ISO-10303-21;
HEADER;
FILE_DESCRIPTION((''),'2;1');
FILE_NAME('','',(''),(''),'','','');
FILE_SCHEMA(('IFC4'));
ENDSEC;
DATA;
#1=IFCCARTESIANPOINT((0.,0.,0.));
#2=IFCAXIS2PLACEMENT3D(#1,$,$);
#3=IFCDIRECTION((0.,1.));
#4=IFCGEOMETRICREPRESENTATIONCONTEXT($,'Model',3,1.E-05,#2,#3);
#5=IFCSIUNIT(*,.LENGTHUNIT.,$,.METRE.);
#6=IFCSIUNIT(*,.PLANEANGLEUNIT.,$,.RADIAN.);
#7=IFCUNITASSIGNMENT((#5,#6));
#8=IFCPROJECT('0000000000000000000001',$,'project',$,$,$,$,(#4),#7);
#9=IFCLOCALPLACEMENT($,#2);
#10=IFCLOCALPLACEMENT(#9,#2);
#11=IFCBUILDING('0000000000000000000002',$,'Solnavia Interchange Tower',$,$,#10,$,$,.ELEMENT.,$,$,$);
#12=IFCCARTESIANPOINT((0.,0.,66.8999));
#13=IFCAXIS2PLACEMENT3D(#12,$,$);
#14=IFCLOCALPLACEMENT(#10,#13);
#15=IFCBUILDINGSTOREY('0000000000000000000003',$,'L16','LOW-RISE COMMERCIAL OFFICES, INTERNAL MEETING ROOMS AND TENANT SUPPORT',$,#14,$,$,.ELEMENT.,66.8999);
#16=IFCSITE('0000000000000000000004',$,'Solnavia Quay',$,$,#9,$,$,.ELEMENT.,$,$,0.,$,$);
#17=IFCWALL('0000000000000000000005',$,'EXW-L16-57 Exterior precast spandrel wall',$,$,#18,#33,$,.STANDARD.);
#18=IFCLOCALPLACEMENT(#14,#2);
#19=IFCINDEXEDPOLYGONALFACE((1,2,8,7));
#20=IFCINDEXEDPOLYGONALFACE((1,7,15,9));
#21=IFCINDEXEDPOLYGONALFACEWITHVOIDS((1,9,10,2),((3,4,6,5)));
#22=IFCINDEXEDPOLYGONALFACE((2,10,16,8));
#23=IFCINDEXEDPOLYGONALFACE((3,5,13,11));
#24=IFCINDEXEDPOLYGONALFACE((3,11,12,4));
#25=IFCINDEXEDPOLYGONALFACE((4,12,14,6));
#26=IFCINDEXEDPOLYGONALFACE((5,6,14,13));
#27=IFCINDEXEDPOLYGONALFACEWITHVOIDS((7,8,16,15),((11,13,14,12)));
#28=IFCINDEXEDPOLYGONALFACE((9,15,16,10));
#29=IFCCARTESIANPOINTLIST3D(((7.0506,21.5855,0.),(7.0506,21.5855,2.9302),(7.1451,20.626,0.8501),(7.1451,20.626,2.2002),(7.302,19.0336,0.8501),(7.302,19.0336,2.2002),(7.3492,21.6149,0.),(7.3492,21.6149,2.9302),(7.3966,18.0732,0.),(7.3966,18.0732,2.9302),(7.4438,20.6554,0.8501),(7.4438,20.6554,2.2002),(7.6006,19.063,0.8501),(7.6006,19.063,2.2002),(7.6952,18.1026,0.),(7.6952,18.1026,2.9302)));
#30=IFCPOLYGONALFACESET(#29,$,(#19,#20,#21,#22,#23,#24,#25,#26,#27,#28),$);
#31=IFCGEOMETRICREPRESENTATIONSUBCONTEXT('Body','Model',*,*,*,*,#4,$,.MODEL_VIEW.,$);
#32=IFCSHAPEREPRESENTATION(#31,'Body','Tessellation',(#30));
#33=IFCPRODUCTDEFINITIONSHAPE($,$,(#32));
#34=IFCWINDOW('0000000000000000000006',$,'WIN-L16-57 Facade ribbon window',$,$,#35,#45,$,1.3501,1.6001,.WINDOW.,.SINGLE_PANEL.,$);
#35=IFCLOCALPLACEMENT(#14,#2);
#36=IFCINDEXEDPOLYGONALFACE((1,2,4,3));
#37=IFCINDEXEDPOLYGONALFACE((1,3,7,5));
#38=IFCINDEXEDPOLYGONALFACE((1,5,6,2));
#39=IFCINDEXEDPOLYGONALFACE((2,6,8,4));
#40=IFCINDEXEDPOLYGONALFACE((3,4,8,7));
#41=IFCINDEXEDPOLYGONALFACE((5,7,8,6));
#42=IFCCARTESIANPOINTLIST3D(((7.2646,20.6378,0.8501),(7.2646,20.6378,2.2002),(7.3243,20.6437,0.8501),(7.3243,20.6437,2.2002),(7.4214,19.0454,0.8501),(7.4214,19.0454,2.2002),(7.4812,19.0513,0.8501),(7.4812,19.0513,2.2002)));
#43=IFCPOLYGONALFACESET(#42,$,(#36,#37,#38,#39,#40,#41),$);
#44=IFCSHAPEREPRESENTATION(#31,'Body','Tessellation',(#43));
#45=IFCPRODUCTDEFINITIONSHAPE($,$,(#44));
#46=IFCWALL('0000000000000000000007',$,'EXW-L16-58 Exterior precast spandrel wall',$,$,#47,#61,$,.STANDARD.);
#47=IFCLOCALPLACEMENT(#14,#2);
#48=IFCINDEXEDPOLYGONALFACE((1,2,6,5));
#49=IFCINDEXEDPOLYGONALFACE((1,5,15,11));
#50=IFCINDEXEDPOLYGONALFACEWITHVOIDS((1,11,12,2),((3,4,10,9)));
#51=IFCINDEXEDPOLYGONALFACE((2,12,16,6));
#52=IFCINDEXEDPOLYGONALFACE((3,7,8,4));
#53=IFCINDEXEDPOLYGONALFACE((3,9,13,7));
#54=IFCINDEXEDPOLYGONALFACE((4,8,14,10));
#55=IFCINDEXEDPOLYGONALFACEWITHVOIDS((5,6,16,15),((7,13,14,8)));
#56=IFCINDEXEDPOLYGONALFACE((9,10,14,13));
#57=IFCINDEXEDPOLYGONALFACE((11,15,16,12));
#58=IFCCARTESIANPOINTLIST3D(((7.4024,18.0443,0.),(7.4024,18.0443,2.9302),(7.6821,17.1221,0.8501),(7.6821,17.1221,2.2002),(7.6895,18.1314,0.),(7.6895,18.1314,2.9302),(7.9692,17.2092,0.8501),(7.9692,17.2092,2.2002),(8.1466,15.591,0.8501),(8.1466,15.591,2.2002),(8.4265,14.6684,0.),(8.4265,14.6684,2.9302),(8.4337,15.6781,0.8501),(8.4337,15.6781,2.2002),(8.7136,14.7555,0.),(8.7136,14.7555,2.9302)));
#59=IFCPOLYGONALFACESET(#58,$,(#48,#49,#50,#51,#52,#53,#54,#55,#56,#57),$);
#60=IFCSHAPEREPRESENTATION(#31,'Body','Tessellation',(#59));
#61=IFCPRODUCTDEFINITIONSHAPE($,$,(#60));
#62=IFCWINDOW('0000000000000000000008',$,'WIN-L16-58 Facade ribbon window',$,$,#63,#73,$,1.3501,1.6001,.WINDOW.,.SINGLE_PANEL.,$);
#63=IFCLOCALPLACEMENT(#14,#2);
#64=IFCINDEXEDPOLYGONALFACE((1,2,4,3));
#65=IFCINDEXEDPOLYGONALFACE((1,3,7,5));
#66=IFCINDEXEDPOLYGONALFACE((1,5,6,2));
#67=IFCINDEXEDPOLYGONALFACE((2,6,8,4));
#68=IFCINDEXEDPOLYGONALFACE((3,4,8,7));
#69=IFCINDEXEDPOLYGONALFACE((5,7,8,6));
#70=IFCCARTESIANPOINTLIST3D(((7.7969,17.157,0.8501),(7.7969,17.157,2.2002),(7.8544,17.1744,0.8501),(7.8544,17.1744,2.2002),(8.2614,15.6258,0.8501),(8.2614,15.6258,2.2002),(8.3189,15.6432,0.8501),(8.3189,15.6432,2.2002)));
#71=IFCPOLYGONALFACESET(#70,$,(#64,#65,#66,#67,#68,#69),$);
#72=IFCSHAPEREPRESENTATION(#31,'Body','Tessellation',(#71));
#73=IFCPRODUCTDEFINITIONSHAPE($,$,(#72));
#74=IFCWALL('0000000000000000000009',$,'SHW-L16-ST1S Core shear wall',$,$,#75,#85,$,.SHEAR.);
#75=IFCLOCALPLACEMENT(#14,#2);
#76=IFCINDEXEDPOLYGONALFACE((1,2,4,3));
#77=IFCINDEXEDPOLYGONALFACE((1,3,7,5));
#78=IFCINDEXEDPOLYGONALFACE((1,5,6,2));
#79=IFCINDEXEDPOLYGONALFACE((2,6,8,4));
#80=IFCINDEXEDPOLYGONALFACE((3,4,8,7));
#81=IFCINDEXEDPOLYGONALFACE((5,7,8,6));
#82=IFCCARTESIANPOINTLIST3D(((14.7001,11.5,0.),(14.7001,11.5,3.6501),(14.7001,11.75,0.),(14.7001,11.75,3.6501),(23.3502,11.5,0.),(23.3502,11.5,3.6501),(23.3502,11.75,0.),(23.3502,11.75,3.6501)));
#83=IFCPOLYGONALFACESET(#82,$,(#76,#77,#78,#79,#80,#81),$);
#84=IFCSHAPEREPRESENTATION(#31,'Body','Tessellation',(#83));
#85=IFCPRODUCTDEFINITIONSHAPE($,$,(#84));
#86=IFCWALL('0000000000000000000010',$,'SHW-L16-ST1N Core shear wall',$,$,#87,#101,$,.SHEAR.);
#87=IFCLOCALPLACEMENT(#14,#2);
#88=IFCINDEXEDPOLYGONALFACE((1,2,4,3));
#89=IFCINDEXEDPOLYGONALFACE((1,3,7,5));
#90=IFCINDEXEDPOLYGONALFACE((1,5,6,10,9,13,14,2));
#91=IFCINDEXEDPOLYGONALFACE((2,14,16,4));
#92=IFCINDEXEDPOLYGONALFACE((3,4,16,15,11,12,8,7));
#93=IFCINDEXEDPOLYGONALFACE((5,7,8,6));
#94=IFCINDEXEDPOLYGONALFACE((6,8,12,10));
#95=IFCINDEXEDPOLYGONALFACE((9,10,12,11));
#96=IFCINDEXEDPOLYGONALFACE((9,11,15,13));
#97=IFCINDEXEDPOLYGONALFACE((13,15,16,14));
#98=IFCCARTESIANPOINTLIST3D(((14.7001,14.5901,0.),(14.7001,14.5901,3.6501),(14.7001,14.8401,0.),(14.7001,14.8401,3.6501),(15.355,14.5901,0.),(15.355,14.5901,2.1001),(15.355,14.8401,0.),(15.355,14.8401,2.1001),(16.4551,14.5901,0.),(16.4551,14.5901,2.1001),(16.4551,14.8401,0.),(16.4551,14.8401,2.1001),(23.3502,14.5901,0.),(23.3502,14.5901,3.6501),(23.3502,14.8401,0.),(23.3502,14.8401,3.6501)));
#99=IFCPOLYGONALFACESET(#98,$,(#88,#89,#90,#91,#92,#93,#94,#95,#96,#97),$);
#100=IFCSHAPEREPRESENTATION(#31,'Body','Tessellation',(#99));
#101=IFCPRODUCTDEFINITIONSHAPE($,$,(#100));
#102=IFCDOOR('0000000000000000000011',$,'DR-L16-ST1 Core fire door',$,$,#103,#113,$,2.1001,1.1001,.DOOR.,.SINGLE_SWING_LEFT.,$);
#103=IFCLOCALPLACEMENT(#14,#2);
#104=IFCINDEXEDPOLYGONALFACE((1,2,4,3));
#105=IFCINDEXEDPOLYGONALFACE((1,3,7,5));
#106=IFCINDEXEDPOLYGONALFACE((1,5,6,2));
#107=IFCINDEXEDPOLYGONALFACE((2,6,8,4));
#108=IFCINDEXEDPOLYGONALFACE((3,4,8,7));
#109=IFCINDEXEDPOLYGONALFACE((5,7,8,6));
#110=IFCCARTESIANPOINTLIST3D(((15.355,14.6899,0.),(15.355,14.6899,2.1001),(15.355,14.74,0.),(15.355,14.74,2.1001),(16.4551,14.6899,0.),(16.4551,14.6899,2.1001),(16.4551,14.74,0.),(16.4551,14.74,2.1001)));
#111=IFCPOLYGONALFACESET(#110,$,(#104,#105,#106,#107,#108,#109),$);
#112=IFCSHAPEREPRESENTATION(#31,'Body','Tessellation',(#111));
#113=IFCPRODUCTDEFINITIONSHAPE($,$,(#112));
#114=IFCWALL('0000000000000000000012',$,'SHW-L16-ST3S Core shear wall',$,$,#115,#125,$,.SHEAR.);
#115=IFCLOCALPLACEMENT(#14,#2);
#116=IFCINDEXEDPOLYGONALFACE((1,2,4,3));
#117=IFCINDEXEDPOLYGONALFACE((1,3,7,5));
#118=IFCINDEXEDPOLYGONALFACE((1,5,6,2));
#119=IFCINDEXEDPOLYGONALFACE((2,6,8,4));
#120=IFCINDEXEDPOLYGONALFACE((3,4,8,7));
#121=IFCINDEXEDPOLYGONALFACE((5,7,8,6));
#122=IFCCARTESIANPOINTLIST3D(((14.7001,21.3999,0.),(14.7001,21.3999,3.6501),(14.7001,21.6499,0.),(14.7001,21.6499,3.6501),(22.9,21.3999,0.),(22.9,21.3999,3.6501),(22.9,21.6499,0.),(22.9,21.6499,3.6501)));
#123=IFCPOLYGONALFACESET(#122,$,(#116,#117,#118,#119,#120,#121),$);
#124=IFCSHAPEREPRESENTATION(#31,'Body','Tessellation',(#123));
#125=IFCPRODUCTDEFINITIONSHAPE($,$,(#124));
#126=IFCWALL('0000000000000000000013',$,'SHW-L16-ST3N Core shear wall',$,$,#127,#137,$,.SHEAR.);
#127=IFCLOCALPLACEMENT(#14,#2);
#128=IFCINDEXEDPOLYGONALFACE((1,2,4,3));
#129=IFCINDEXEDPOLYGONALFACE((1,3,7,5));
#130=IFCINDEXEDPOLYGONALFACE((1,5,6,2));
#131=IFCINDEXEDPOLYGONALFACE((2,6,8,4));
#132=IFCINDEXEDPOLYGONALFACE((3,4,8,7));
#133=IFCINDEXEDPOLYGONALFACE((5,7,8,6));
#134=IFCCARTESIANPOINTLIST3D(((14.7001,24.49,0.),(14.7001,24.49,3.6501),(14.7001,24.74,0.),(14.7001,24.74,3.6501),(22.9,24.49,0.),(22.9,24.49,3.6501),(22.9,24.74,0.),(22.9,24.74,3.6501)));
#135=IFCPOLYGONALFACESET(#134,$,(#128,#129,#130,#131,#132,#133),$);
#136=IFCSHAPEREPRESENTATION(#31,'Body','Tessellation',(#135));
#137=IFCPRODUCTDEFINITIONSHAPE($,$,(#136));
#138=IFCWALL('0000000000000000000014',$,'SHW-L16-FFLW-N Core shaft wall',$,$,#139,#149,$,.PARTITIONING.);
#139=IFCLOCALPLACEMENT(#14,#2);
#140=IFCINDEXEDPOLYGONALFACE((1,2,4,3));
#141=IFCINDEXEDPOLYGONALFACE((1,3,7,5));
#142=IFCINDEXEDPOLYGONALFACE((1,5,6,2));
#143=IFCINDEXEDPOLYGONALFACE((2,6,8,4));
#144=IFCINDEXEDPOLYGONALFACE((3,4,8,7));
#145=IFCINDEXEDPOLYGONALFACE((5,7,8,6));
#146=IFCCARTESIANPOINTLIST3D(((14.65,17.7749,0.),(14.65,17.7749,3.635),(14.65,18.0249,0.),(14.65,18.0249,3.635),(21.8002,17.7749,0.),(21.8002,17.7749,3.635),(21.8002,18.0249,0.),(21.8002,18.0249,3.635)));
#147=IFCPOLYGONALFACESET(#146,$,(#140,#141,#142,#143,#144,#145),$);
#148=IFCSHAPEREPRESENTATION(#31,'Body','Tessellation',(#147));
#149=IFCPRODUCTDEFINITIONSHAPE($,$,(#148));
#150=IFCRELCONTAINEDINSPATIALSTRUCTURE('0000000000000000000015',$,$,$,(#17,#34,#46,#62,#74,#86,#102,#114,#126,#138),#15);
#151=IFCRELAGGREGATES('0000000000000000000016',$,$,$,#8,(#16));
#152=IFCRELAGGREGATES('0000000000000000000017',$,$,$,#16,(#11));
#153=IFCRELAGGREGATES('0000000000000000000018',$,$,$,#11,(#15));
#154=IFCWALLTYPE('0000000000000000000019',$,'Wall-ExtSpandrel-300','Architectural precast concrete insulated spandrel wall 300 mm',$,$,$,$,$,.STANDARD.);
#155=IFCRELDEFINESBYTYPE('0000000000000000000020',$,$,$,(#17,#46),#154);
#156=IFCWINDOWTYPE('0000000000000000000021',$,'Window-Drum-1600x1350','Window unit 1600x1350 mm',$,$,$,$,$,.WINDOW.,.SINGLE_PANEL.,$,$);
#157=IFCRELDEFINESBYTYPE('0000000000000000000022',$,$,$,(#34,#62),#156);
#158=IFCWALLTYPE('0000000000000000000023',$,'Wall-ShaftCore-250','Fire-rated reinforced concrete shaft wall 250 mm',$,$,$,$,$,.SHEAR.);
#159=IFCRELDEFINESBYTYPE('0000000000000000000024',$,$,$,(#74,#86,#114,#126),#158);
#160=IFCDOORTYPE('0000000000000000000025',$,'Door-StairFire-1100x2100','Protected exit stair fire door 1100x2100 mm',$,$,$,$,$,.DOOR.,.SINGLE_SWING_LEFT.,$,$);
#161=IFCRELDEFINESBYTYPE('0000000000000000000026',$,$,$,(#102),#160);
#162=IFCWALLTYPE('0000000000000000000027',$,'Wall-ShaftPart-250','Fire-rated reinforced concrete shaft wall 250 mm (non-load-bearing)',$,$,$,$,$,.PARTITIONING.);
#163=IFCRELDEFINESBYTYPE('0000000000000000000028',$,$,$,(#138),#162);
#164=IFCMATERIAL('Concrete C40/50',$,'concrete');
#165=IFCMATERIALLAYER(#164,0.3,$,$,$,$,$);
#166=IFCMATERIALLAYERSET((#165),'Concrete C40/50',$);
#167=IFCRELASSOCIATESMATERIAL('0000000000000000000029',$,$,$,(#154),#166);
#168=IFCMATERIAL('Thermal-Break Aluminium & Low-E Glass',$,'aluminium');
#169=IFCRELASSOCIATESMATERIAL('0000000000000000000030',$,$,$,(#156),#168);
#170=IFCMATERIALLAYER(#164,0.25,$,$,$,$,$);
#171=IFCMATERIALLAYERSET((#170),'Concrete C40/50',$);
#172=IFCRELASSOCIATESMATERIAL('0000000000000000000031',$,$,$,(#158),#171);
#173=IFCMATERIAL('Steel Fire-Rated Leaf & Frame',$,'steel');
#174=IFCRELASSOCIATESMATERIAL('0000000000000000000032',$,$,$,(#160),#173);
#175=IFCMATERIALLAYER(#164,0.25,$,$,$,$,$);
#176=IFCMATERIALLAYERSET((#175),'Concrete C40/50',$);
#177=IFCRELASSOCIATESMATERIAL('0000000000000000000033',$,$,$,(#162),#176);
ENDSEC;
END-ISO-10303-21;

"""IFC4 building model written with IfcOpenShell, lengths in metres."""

from ifc_helpers import new_model, si_unit, direction, frame, frame_2d, origin, place, context, subcontext, project, spatial, rectangle, extrude, material, layer, layer_set, type_object, element, fill, save


model = new_model("IFC4")

# Units and contexts
model_context = context("Model", 3, precision=1e-05, world=origin(), true_north=direction((0.0, 1.0)))
body_context = subcontext(model_context, "Body", "Model", "MODEL_VIEW")
ifc_project = project(units=[si_unit("LENGTHUNIT", "METRE"), si_unit("PLANEANGLEUNIT", "RADIAN")], contexts=[model_context])

# Site, building, storey
site_placement = place(None, origin())
site = spatial("IfcSite", under=ifc_project, at=site_placement, Name="Solnavia Quay", CompositionType="ELEMENT", RefElevation=0.0)
building_placement = place(site_placement, origin())
building = spatial("IfcBuilding", under=site, at=building_placement, Name="Solnavia Interchange Tower", CompositionType="ELEMENT")
storey_placement = place(building_placement, frame((0.0, 0.0, 66.8999)))
storey = spatial("IfcBuildingStorey", under=building, at=storey_placement, Name="L16", Description="LOW-RISE COMMERCIAL OFFICES, INTERNAL MEETING ROOMS AND TENANT SUPPORT", CompositionType="ELEMENT", Elevation=66.8999)

# Shared definitions
ifc_material_1 = material(Name="Concrete C40/50", Category="concrete")
ifc_layer_1 = layer(ifc_material_1, 0.3)
ifc_layer_set_1 = layer_set([ifc_layer_1], Name="Concrete C40/50")
wall_type_1 = type_object("IfcWallType", Name="Wall-ExtSpandrel-300", Description="Architectural precast concrete insulated spandrel wall 300 mm", PredefinedType="STANDARD", material=ifc_layer_set_1)

# Walls, openings, windows
wall_1_placement = place(storey_placement, frame((7.5459, 18.0879, 0.0), z_axis=(0.0, 0.0, 1.0), x_axis=(-0.098024, 0.995184, 0.0)))
wall_1 = element("IfcWall", 1, at=wall_1_placement, inside=storey, type_object=wall_type_1, Name="EXW-L16-57 Exterior precast spandrel wall", PredefinedType="STANDARD", context=body_context, shape_type="SweptSolid", body=[
    extrude(rectangle(XDim=3.5293, YDim=0.3, at=frame_2d((1.7646, 0.0))), origin(), (0.0, 0.0, 1.0), 2.9302),
])
opening_1_placement = place(wall_1_placement, frame((0.9651, 0.0, 0.8501)))
opening_1 = element("IfcOpeningElement", 2, at=opening_1_placement, cuts=wall_1, PredefinedType="OPENING", context=body_context, shape_type="SweptSolid", body=[
    extrude(rectangle(XDim=1.6001, YDim=1.3501, at=frame_2d((0.8, 0.675))), frame((0.0, 0.1602, 0.0), z_axis=(0.0, -1.0, 0.0), x_axis=(1.0, 0.0, 0.0)), (0.0, 0.0, 1.0), 0.3201),
])
ifc_material_2 = material(Name="Thermal-Break Aluminium & Low-E Glass", Category="aluminium")
window_type = type_object("IfcWindowType", Name="Window-Drum-1600x1350", Description="Window unit 1600x1350 mm", PartitioningType="SINGLE_PANEL", PredefinedType="WINDOW", material=ifc_material_2)
window_1_placement = place(opening_1_placement, origin())
window_1 = element("IfcWindow", 3, at=window_1_placement, inside=storey, type_object=window_type, Name="WIN-L16-57 Facade ribbon window", OverallHeight=1.3501, OverallWidth=1.6001, PartitioningType="SINGLE_PANEL", PredefinedType="WINDOW", context=body_context, shape_type="SweptSolid", body=[
    extrude(rectangle(XDim=1.6001, YDim=1.3501, at=frame_2d((0.8, 0.675))), frame((0.0, 0.03, 0.0), z_axis=(0.0, -1.0, 0.0), x_axis=(1.0, 0.0, 0.0)), (0.0, 0.0, 1.0), 0.0601),
])
fill(opening_1, window_1)
wall_2_placement = place(storey_placement, frame((8.5701, 14.7119, 0.0), z_axis=(0.0, 0.0, 1.0), x_axis=(-0.290305, 0.956934, 0.0)))
wall_2 = element("IfcWall", 4, at=wall_2_placement, inside=storey, type_object=wall_type_1, Name="EXW-L16-58 Exterior precast spandrel wall", PredefinedType="STANDARD", context=body_context, shape_type="SweptSolid", body=[
    extrude(rectangle(XDim=3.5278, YDim=0.3, at=frame_2d((1.7639, 0.0))), origin(), (0.0, 0.0, 1.0), 2.9302),
])
opening_2_placement = place(wall_2_placement, frame((0.9641, 0.0, 0.8501)))
opening_2 = element("IfcOpeningElement", 5, at=opening_2_placement, cuts=wall_2, PredefinedType="OPENING", context=body_context, shape_type="SweptSolid", body=[
    extrude(rectangle(XDim=1.6001, YDim=1.3501, at=frame_2d((0.8, 0.675))), frame((0.0, 0.1602, 0.0), z_axis=(0.0, -1.0, 0.0), x_axis=(1.0, 0.0, 0.0)), (0.0, 0.0, 1.0), 0.3201),
])
window_2_placement = place(opening_2_placement, origin())
window_2 = element("IfcWindow", 6, at=window_2_placement, inside=storey, type_object=window_type, Name="WIN-L16-58 Facade ribbon window", OverallHeight=1.3501, OverallWidth=1.6001, PartitioningType="SINGLE_PANEL", PredefinedType="WINDOW", context=body_context, shape_type="SweptSolid", body=[
    extrude(rectangle(XDim=1.6001, YDim=1.3501, at=frame_2d((0.8, 0.675))), frame((0.0, 0.03, 0.0), z_axis=(0.0, -1.0, 0.0), x_axis=(1.0, 0.0, 0.0)), (0.0, 0.0, 1.0), 0.0601),
])
fill(opening_2, window_2)

# Wall
ifc_layer_2 = layer(ifc_material_1, 0.25)
ifc_layer_set_2 = layer_set([ifc_layer_2], Name="Concrete C40/50")
wall_type_2 = type_object("IfcWallType", Name="Wall-ShaftCore-250", Description="Fire-rated reinforced concrete shaft wall 250 mm", PredefinedType="SHEAR", material=ifc_layer_set_2)
wall_3_placement = place(storey_placement, frame((14.7, 11.625, 0.0), z_axis=(0.0, 0.0, 1.0), x_axis=(1.0, 0.0, 0.0)))
element("IfcWall", 7, at=wall_3_placement, inside=storey, type_object=wall_type_2, Name="SHW-L16-ST1S Core shear wall", PredefinedType="SHEAR", context=body_context, shape_type="SweptSolid", body=[
    extrude(rectangle(XDim=8.6501, YDim=0.25, at=frame_2d((4.3252, 0.0))), origin(), (0.0, 0.0, 1.0), 3.6501),
])

# Wall, opening, door
wall_4_placement = place(storey_placement, frame((14.7, 14.7151, 0.0), z_axis=(0.0, 0.0, 1.0), x_axis=(1.0, 0.0, 0.0)))
wall_4 = element("IfcWall", 8, at=wall_4_placement, inside=storey, type_object=wall_type_2, Name="SHW-L16-ST1N Core shear wall", PredefinedType="SHEAR", context=body_context, shape_type="SweptSolid", body=[
    extrude(rectangle(XDim=8.6501, YDim=0.25, at=frame_2d((4.3252, 0.0))), origin(), (0.0, 0.0, 1.0), 3.6501),
])
opening_3_placement = place(wall_4_placement, frame((0.655, 0.0, 0.0)))
opening_3 = element("IfcOpeningElement", 9, at=opening_3_placement, cuts=wall_4, PredefinedType="OPENING", context=body_context, shape_type="SweptSolid", body=[
    extrude(rectangle(XDim=1.1001, YDim=2.1001, at=frame_2d((0.55, 1.05))), frame((0.0, 0.135, 0.0), z_axis=(0.0, -1.0, 0.0), x_axis=(1.0, 0.0, 0.0)), (0.0, 0.0, 1.0), 0.27),
])
ifc_material_3 = material(Name="Steel Fire-Rated Leaf & Frame", Category="steel")
door_type_1 = type_object("IfcDoorType", Name="Door-StairFire-1100x2100", Description="Protected exit stair fire door 1100x2100 mm", OperationType="SINGLE_SWING_LEFT", PredefinedType="DOOR", material=ifc_material_3)
door_1_placement = place(opening_3_placement, origin())
door_1 = element("IfcDoor", 10, at=door_1_placement, inside=storey, type_object=door_type_1, Name="DR-L16-ST1 Core fire door", OperationType="SINGLE_SWING_LEFT", OverallHeight=2.1001, OverallWidth=1.1001, PredefinedType="DOOR", context=body_context, shape_type="SweptSolid", body=[
    extrude(rectangle(XDim=1.1001, YDim=2.1001, at=frame_2d((0.55, 1.05))), frame((0.0, 0.0249, 0.0), z_axis=(0.0, -1.0, 0.0), x_axis=(1.0, 0.0, 0.0)), (0.0, 0.0, 1.0), 0.05),
])
fill(opening_3, door_1)

# Walls
for number, where, z_axis, x_axis, name in (
    (11, (14.7, 21.5249, 0.0), (0.0, 0.0, 1.0), (1.0, 0.0, 0.0), "SHW-L16-ST3S Core shear wall"),
    (12, (14.7, 24.615, 0.0), (0.0, 0.0, 1.0), (1.0, 0.0, 0.0), "SHW-L16-ST3N Core shear wall"),
):
    element("IfcWall", number, at=place(storey_placement, frame(where, z_axis=z_axis, x_axis=x_axis)), inside=storey, type_object=wall_type_2, Name=name, PredefinedType="SHEAR", context=body_context, shape_type="SweptSolid", body=[
        extrude(rectangle(XDim=8.2, YDim=0.25, at=frame_2d((4.1001, 0.0))), origin(), (0.0, 0.0, 1.0), 3.6501),
    ])
ifc_layer_3 = layer(ifc_material_1, 0.25)
ifc_layer_set_3 = layer_set([ifc_layer_3], Name="Concrete C40/50")
wall_type_3 = type_object("IfcWallType", Name="Wall-ShaftPart-250", Description="Fire-rated reinforced concrete shaft wall 250 mm (non-load-bearing)", PredefinedType="PARTITIONING", material=ifc_layer_set_3)
wall_5_placement = place(storey_placement, frame((14.6499, 17.8999, 0.0), z_axis=(0.0, 0.0, 1.0), x_axis=(1.0, 0.0, 0.0)))
element("IfcWall", 13, at=wall_5_placement, inside=storey, type_object=wall_type_3, Name="SHW-L16-FFLW-N Core shaft wall", PredefinedType="PARTITIONING", context=body_context, shape_type="SweptSolid", body=[
    extrude(rectangle(XDim=7.1501, YDim=0.25, at=frame_2d((3.5752, 0.0))), origin(), (0.0, 0.0, 1.0), 3.635),
])

save(model, "model.ifc")
